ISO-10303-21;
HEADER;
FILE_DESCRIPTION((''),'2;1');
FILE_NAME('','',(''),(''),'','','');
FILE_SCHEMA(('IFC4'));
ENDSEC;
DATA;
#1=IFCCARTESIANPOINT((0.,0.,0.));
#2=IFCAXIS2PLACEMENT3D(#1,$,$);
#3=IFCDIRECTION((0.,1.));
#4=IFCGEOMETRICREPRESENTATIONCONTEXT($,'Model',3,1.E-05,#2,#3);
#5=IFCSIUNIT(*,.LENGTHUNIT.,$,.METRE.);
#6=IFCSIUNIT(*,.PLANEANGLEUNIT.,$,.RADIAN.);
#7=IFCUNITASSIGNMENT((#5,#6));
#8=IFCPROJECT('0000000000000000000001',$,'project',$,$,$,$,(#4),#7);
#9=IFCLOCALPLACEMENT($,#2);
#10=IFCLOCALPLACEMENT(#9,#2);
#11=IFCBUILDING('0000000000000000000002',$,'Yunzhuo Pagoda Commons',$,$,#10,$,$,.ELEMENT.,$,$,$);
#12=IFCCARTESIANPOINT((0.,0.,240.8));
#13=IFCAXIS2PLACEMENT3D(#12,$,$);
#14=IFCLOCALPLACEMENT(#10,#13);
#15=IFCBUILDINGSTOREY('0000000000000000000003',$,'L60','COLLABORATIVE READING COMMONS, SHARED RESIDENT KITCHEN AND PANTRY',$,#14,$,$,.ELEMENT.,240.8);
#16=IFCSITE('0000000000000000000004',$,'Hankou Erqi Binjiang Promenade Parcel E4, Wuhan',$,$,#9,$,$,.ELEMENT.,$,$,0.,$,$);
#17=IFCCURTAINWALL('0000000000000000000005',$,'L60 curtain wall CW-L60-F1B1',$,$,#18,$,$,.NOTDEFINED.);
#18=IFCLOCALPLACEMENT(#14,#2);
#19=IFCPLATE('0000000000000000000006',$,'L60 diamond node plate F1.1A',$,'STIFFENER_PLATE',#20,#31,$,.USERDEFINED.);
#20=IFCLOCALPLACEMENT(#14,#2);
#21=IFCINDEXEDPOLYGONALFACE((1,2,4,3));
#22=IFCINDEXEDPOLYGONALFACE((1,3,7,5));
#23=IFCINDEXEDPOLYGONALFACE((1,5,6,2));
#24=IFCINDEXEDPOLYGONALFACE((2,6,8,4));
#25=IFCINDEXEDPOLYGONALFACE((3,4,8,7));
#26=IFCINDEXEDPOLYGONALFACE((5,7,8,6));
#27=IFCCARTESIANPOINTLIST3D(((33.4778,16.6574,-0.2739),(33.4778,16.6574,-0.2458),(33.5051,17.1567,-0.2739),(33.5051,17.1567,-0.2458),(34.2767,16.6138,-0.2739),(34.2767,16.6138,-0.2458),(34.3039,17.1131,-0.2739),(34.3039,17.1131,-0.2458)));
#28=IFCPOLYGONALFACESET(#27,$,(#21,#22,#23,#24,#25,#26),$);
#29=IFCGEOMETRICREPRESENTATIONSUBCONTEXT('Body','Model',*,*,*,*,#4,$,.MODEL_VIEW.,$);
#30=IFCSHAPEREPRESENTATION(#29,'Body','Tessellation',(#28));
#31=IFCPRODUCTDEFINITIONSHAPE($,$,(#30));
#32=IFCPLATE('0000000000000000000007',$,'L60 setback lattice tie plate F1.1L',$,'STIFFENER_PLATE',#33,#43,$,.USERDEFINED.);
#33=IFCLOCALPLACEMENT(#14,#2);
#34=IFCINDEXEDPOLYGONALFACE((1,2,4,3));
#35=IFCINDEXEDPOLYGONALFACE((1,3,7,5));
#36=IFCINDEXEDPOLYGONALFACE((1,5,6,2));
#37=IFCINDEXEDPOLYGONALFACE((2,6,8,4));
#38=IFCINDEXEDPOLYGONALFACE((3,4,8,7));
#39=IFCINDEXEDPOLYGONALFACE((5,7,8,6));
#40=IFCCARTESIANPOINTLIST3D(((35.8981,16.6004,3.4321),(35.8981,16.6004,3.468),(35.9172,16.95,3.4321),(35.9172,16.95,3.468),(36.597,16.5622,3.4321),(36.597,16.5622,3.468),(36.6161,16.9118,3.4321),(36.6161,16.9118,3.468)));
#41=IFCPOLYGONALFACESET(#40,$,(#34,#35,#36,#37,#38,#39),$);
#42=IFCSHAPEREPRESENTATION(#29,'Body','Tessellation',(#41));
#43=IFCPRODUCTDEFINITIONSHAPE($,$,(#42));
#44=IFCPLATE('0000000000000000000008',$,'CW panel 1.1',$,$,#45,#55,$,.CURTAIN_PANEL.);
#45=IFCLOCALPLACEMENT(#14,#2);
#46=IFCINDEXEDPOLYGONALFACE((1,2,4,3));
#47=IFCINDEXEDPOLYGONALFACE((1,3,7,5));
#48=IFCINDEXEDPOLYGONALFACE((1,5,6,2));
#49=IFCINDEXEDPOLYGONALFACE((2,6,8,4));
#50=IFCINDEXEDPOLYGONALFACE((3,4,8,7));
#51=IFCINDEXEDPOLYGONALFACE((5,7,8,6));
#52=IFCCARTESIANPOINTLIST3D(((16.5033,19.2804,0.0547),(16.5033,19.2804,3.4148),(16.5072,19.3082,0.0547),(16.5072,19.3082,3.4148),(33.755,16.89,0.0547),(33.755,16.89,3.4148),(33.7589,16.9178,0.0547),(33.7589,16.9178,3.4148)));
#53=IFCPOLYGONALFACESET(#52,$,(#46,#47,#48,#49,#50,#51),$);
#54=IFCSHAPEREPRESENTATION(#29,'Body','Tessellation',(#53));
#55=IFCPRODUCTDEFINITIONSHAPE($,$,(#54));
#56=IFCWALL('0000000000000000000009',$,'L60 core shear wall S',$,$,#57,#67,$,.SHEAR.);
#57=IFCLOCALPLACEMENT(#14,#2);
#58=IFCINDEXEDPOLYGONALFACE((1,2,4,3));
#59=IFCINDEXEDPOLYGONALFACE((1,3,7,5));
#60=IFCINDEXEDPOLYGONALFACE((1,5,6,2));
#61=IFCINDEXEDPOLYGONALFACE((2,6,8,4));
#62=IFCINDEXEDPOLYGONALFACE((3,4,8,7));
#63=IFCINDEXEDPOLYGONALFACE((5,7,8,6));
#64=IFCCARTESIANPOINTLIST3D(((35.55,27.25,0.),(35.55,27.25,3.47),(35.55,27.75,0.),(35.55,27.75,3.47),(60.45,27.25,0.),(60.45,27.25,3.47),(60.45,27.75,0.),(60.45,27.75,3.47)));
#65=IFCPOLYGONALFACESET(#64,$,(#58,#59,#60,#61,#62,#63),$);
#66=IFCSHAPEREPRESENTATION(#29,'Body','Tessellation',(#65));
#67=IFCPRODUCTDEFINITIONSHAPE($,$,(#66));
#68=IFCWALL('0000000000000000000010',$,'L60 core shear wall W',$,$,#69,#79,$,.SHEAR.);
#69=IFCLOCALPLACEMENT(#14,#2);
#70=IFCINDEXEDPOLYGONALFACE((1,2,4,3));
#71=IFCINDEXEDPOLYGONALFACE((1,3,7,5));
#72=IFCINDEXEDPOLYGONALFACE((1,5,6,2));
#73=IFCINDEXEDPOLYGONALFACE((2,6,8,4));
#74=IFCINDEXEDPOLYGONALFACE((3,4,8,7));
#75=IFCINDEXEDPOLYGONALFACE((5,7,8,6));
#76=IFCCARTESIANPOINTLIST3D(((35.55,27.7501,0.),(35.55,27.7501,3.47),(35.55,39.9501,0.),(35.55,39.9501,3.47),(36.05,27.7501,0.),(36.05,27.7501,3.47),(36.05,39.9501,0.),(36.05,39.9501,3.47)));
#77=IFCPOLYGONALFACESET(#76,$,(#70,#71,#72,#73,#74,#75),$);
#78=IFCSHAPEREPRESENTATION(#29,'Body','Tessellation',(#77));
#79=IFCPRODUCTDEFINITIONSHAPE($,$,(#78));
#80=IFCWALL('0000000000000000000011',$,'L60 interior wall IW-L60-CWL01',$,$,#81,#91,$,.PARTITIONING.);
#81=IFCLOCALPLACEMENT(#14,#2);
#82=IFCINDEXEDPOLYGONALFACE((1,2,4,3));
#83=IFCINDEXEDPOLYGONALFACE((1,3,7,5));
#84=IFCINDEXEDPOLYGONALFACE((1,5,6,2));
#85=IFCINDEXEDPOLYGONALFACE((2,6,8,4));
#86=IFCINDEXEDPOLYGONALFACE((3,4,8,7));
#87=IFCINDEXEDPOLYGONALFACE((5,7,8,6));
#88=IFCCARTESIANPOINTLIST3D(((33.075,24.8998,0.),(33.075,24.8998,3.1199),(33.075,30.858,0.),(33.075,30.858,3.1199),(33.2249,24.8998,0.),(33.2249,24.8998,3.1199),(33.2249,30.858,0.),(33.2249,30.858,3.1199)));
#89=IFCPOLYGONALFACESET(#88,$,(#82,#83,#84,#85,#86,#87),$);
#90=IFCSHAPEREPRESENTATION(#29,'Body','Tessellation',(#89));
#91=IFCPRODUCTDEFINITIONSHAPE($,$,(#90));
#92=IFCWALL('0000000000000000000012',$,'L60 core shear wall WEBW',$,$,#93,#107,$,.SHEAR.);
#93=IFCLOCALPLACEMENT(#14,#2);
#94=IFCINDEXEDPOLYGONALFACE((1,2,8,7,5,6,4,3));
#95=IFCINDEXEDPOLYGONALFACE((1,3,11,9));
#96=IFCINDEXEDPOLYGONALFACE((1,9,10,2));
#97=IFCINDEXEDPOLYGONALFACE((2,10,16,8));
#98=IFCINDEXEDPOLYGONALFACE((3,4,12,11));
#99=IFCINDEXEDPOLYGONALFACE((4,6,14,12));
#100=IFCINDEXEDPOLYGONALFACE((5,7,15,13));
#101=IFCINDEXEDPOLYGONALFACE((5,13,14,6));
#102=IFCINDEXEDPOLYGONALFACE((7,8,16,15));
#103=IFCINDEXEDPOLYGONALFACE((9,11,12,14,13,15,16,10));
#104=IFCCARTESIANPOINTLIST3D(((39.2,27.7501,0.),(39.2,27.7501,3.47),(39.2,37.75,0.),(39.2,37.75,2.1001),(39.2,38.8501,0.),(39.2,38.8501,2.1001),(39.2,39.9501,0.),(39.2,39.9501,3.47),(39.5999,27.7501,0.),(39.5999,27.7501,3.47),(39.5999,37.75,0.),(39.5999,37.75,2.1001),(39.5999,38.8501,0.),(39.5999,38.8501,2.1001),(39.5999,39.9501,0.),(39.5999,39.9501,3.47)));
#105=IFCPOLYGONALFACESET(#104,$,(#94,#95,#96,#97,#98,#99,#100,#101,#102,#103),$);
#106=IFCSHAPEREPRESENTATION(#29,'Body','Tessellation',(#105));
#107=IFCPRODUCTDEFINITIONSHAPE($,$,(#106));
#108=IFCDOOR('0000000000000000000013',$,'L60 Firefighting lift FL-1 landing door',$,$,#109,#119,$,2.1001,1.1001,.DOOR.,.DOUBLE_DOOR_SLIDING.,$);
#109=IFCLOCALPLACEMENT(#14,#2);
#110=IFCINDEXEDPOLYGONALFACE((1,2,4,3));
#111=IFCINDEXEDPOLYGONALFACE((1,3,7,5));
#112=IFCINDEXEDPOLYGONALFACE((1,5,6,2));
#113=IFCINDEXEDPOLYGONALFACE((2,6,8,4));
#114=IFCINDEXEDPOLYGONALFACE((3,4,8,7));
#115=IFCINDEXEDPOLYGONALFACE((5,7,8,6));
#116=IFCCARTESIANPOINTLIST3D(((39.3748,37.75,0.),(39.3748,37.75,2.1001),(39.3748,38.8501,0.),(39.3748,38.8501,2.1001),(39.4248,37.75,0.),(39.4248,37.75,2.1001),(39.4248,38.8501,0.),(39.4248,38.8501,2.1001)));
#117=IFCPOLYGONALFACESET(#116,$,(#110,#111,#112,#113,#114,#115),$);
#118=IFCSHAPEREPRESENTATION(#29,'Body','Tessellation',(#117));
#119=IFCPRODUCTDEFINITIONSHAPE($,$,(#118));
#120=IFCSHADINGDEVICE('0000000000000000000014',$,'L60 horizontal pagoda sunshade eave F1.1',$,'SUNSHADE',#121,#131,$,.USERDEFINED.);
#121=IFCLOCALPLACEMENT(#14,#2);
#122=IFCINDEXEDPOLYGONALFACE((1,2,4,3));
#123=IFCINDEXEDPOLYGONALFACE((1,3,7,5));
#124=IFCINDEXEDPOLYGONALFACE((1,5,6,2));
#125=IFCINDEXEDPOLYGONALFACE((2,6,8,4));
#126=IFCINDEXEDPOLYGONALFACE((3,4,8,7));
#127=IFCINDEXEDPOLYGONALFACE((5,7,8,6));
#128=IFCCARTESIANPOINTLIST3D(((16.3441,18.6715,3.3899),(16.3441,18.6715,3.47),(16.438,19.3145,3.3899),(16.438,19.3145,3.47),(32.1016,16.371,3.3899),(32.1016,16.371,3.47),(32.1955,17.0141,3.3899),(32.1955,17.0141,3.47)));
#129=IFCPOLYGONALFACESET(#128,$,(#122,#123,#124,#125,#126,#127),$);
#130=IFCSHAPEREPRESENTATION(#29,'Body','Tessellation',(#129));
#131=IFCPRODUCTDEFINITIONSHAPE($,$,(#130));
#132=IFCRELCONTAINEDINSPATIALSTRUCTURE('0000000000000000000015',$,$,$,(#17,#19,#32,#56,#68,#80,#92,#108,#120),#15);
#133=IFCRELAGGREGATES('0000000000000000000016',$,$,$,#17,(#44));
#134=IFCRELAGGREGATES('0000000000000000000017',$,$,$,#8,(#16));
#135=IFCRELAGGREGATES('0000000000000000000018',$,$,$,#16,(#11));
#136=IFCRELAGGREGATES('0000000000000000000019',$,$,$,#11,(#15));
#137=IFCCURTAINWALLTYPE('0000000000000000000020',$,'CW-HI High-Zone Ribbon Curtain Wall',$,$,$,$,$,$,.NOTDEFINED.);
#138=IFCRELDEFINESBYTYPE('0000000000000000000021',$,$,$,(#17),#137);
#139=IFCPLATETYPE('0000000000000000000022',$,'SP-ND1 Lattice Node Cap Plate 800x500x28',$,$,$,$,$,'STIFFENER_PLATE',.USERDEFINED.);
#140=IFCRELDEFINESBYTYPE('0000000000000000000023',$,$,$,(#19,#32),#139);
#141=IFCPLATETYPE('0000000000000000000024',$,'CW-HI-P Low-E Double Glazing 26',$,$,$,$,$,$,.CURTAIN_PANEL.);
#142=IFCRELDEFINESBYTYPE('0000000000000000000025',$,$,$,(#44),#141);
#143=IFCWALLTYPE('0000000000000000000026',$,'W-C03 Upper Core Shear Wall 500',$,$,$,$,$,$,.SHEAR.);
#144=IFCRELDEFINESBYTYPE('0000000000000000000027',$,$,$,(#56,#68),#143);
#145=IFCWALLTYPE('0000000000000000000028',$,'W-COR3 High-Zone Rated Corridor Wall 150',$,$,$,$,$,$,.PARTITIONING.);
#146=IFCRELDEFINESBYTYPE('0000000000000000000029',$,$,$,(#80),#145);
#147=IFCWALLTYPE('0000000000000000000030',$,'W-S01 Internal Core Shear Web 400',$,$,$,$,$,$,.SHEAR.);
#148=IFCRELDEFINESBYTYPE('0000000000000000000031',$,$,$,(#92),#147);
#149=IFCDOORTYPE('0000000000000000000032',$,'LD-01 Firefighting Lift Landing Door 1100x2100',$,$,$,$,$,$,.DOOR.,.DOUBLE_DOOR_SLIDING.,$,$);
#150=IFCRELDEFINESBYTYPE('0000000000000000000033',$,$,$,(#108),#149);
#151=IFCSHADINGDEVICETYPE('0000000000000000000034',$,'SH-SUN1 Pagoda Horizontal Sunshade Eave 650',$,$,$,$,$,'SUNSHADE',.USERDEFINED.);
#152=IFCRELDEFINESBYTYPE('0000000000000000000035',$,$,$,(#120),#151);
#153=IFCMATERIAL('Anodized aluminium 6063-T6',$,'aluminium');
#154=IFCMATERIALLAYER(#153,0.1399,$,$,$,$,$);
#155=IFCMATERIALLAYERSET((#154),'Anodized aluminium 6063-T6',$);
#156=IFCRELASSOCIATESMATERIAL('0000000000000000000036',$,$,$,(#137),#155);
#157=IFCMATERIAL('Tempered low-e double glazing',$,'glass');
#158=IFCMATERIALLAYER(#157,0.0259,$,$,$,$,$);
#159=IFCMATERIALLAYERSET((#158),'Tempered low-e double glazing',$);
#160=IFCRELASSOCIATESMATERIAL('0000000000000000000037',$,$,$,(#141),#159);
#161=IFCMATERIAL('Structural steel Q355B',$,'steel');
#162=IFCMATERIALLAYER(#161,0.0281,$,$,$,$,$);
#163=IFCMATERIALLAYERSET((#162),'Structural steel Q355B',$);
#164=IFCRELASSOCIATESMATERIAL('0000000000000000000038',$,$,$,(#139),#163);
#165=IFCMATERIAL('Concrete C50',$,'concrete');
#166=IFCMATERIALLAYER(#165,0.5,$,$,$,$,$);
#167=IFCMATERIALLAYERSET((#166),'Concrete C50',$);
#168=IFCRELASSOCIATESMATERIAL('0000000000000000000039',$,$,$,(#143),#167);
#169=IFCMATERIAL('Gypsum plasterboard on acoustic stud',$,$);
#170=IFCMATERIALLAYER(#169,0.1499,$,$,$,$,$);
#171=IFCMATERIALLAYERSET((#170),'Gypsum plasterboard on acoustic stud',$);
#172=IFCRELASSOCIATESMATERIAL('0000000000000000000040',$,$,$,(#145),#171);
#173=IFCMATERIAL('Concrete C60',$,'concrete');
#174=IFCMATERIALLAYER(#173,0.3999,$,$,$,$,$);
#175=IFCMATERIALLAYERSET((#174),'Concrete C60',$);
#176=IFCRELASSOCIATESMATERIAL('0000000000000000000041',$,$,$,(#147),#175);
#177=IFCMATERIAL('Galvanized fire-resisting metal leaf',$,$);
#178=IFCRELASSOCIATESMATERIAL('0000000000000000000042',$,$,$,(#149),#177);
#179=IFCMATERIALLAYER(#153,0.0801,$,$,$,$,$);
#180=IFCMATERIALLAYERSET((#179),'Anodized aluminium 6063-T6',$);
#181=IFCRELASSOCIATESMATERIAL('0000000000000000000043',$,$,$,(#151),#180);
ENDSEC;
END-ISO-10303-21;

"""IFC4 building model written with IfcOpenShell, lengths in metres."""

from ifc_helpers import new_model, si_unit, direction, frame, frame_2d, origin, origin_2d, place, context, subcontext, project, spatial, rectangle, extrude, source, transform, mapped, material, layer, layer_set, type_object, element, fill, aggregate, save


model = new_model("IFC4")

# Units and contexts
model_context = context("Model", 3, precision=1e-05, world=origin(), true_north=direction((0.0, 1.0)))
body_context = subcontext(model_context, "Body", "Model", "MODEL_VIEW")
ifc_project = project(units=[si_unit("LENGTHUNIT", "METRE"), si_unit("PLANEANGLEUNIT", "RADIAN")], contexts=[model_context])

# Site, building, storey
site_placement = place(None, origin())
site = spatial("IfcSite", under=ifc_project, at=site_placement, Name="Hankou Erqi Binjiang Promenade Parcel E4, Wuhan", CompositionType="ELEMENT", RefElevation=0.0)
building_placement = place(site_placement, origin())
building = spatial("IfcBuilding", under=site, at=building_placement, Name="Yunzhuo Pagoda Commons", CompositionType="ELEMENT")
storey_placement = place(building_placement, frame((0.0, 0.0, 240.8)))
storey = spatial("IfcBuildingStorey", under=building, at=storey_placement, Name="L60", Description="COLLABORATIVE READING COMMONS, SHARED RESIDENT KITCHEN AND PANTRY", CompositionType="ELEMENT", Elevation=240.8)

# Shared definitions
ifc_material_1 = material(Name="Structural steel Q355B", Category="steel")

# Shared definitions
ifc_material_2 = material(Name="Anodized aluminium 6063-T6", Category="aluminium")
ifc_layer_1 = layer(ifc_material_2, 0.1399)
ifc_layer_set_1 = layer_set([ifc_layer_1], Name="Anodized aluminium 6063-T6")
curtain_wall_type = type_object("IfcCurtainWallType", Name="CW-HI High-Zone Ribbon Curtain Wall", PredefinedType="NOTDEFINED", material=ifc_layer_set_1)

# Curtain wall
curtain_wall_1_placement = place(storey_placement, origin())
curtain_wall_1 = element("IfcCurtainWall", 1, at=curtain_wall_1_placement, inside=storey, type_object=curtain_wall_type, Name="L60 curtain wall CW-L60-F1B1", PredefinedType="NOTDEFINED")

# Shared definitions
ifc_material_3 = material(Name="Tempered low-e double glazing", Category="glass")
ifc_layer_2 = layer(ifc_material_3, 0.0259)
ifc_layer_set_2 = layer_set([ifc_layer_2], Name="Tempered low-e double glazing")
plate_type_1 = type_object("IfcPlateType", Name="CW-HI-P Low-E Double Glazing 26", PredefinedType="CURTAIN_PANEL", material=ifc_layer_set_2)

# Plates
ifc_layer_3 = layer(ifc_material_1, 0.0281)
ifc_layer_set_3 = layer_set([ifc_layer_3], Name="Structural steel Q355B")
plate_type_2 = type_object("IfcPlateType", Name="SP-ND1 Lattice Node Cap Plate 800x500x28", ElementType="STIFFENER_PLATE", PredefinedType="USERDEFINED", material=ifc_layer_set_3)
shared_shape_1 = source(origin(), body_context, "Body", "SweptSolid", [
    extrude(rectangle(XDim=0.8, YDim=0.5, at=origin_2d()), origin(), (0.0, 0.0, 1.0), 0.0281),
])
plate_1_placement = place(storey_placement, frame((33.8909, 16.8853, -0.2739), z_axis=(0.0, 0.0, 1.0), x_axis=(0.998514, -0.054497, 0.0)))
element("IfcPlate", 2, at=plate_1_placement, inside=storey, type_object=plate_type_2, Name="L60 diamond node plate F1.1A", ObjectType="STIFFENER_PLATE", PredefinedType="USERDEFINED", context=body_context, shape_type="MappedRepresentation", body=[
    mapped(shared_shape_1, transform((0.0, 0.0, 0.0), scale=1.0)),
])
shared_shape_2 = source(origin(), body_context, "Body", "SweptSolid", [
    extrude(rectangle(XDim=0.7, YDim=0.3501, at=origin_2d()), origin(), (0.0, 0.0, 1.0), 0.0359),
])
plate_2_placement = place(storey_placement, frame((36.2571, 16.7561, 3.4321), z_axis=(0.0, 0.0, 1.0), x_axis=(0.998514, -0.054497, 0.0)))
element("IfcPlate", 3, at=plate_2_placement, inside=storey, type_object=plate_type_2, Name="L60 setback lattice tie plate F1.1L", ObjectType="STIFFENER_PLATE", PredefinedType="USERDEFINED", context=body_context, shape_type="MappedRepresentation", body=[
    mapped(shared_shape_2, transform((0.0, 0.0, 0.0), scale=1.0)),
])

# Plate
shared_shape_3 = source(origin(), body_context, "Body", "SweptSolid", [
    extrude(rectangle(XDim=17.4165, YDim=0.0281, at=origin_2d()), origin(), (0.0, 0.0, 1.0), 3.3601),
])
plate_3_placement = place(storey_placement, frame((25.1311, 18.0991, 0.0547), z_axis=(0.0, 0.0, 1.0), x_axis=(0.990536, -0.13725, 0.0)))
plate_3 = element("IfcPlate", 4, at=plate_3_placement, type_object=plate_type_1, Name="CW panel 1.1", PredefinedType="CURTAIN_PANEL", context=body_context, shape_type="MappedRepresentation", body=[
    mapped(shared_shape_3, transform((0.0, 0.0, 0.0), scale=1.0)),
])
aggregate(curtain_wall_1, [plate_3])

# Walls
ifc_material_4 = material(Name="Concrete C50", Category="concrete")
ifc_layer_4 = layer(ifc_material_4, 0.5)
ifc_layer_set_4 = layer_set([ifc_layer_4], Name="Concrete C50")
wall_type_1 = type_object("IfcWallType", Name="W-C03 Upper Core Shear Wall 500", PredefinedType="SHEAR", material=ifc_layer_set_4)
wall_1_placement = place(storey_placement, frame((35.55, 27.5, 0.0), z_axis=(0.0, 0.0, 1.0), x_axis=(1.0, 0.0, 0.0)))
element("IfcWall", 5, at=wall_1_placement, inside=storey, type_object=wall_type_1, Name="L60 core shear wall S", PredefinedType="SHEAR", context=body_context, shape_type="SweptSolid", body=[
    extrude(rectangle(XDim=24.8999, YDim=0.5, at=frame_2d((12.45, 0.0))), origin(), (0.0, 0.0, 1.0), 3.47),
])
wall_2_placement = place(storey_placement, frame((35.8, 27.75, 0.0), z_axis=(0.0, 0.0, 1.0), x_axis=(0.0, 1.0, 0.0)))
element("IfcWall", 6, at=wall_2_placement, inside=storey, type_object=wall_type_1, Name="L60 core shear wall W", PredefinedType="SHEAR", context=body_context, shape_type="SweptSolid", body=[
    extrude(rectangle(XDim=12.2, YDim=0.5, at=frame_2d((6.1001, 0.0))), origin(), (0.0, 0.0, 1.0), 3.47),
])
ifc_material_5 = material(Name="Gypsum plasterboard on acoustic stud")
ifc_layer_5 = layer(ifc_material_5, 0.1499)
ifc_layer_set_5 = layer_set([ifc_layer_5], Name="Gypsum plasterboard on acoustic stud")
wall_type_2 = type_object("IfcWallType", Name="W-COR3 High-Zone Rated Corridor Wall 150", PredefinedType="PARTITIONING", material=ifc_layer_set_5)
wall_3_placement = place(storey_placement, frame((33.1499, 24.8999, 0.0), z_axis=(0.0, 0.0, 1.0), x_axis=(0.0, 1.0, 0.0)))
element("IfcWall", 7, at=wall_3_placement, inside=storey, type_object=wall_type_2, Name="L60 interior wall IW-L60-CWL01", PredefinedType="PARTITIONING", context=body_context, shape_type="SweptSolid", body=[
    extrude(rectangle(XDim=5.9583, YDim=0.1499, at=frame_2d((2.979, 0.0))), origin(), (0.0, 0.0, 1.0), 3.1199),
])

# Wall, opening, door
ifc_material_6 = material(Name="Concrete C60", Category="concrete")
ifc_layer_6 = layer(ifc_material_6, 0.3999)
ifc_layer_set_6 = layer_set([ifc_layer_6], Name="Concrete C60")
wall_type_3 = type_object("IfcWallType", Name="W-S01 Internal Core Shear Web 400", PredefinedType="SHEAR", material=ifc_layer_set_6)
wall_4_placement = place(storey_placement, frame((39.3999, 27.75, 0.0), z_axis=(0.0, 0.0, 1.0), x_axis=(0.0, 1.0, 0.0)))
wall_4 = element("IfcWall", 8, at=wall_4_placement, inside=storey, type_object=wall_type_3, Name="L60 core shear wall WEBW", PredefinedType="SHEAR", context=body_context, shape_type="SweptSolid", body=[
    extrude(rectangle(XDim=12.2, YDim=0.3999, at=frame_2d((6.1001, 0.0))), origin(), (0.0, 0.0, 1.0), 3.47),
])
opening_placement = place(wall_4_placement, frame((10.0, 0.0, 0.0)))
opening = element("IfcOpeningElement", 9, at=opening_placement, cuts=wall_4, PredefinedType="OPENING", context=body_context, shape_type="SweptSolid", body=[
    extrude(rectangle(XDim=1.1001, YDim=2.1001, at=frame_2d((0.55, 1.05))), frame((0.0, 0.21, 0.0), z_axis=(0.0, -1.0, 0.0), x_axis=(1.0, 0.0, 0.0)), (0.0, 0.0, 1.0), 0.4199),
])
ifc_material_7 = material(Name="Galvanized fire-resisting metal leaf")
door_type = type_object("IfcDoorType", Name="LD-01 Firefighting Lift Landing Door 1100x2100", OperationType="DOUBLE_DOOR_SLIDING", PredefinedType="DOOR", material=ifc_material_7)
shared_shape_4 = source(origin(), body_context, "Body", "SweptSolid", [
    extrude(rectangle(XDim=1.1001, YDim=2.1001, at=frame_2d((0.55, 1.05))), frame((0.0, 0.0249, 0.0), z_axis=(0.0, -1.0, 0.0), x_axis=(1.0, 0.0, 0.0)), (0.0, 0.0, 1.0), 0.05),
])
door_placement = place(opening_placement, frame((1.1001, 0.0, 0.0), z_axis=(0.0, 0.0, 1.0), x_axis=(-1.0, 0.0, 0.0)))
door = element("IfcDoor", 10, at=door_placement, inside=storey, type_object=door_type, Name="L60 Firefighting lift FL-1 landing door", OperationType="DOUBLE_DOOR_SLIDING", OverallHeight=2.1001, OverallWidth=1.1001, PredefinedType="DOOR", context=body_context, shape_type="MappedRepresentation", body=[
    mapped(shared_shape_4, transform((0.0, 0.0, 0.0), scale=1.0)),
])
fill(opening, door)

# Shading device
ifc_layer_7 = layer(ifc_material_2, 0.0801)
ifc_layer_set_7 = layer_set([ifc_layer_7], Name="Anodized aluminium 6063-T6")
shading_device_type = type_object("IfcShadingDeviceType", Name="SH-SUN1 Pagoda Horizontal Sunshade Eave 650", ElementType="SUNSHADE", PredefinedType="USERDEFINED", material=ifc_layer_set_7)
shared_shape_5 = source(origin(), body_context, "Body", "SweptSolid", [
    extrude(rectangle(XDim=15.9246, YDim=0.6499, at=origin_2d()), origin(), (0.0, 0.0, 1.0), 0.0801),
])
shading_device_placement = place(storey_placement, frame((24.2698, 17.8428, 3.3899), z_axis=(0.0, 0.0, 1.0), x_axis=(0.989511, -0.14446, 0.0)))
element("IfcShadingDevice", 11, at=shading_device_placement, inside=storey, type_object=shading_device_type, Name="L60 horizontal pagoda sunshade eave F1.1", ObjectType="SUNSHADE", PredefinedType="USERDEFINED", context=body_context, shape_type="MappedRepresentation", body=[
    mapped(shared_shape_5, transform((0.0, 0.0, 0.0), scale=1.0)),
])

save(model, "model.ifc")
